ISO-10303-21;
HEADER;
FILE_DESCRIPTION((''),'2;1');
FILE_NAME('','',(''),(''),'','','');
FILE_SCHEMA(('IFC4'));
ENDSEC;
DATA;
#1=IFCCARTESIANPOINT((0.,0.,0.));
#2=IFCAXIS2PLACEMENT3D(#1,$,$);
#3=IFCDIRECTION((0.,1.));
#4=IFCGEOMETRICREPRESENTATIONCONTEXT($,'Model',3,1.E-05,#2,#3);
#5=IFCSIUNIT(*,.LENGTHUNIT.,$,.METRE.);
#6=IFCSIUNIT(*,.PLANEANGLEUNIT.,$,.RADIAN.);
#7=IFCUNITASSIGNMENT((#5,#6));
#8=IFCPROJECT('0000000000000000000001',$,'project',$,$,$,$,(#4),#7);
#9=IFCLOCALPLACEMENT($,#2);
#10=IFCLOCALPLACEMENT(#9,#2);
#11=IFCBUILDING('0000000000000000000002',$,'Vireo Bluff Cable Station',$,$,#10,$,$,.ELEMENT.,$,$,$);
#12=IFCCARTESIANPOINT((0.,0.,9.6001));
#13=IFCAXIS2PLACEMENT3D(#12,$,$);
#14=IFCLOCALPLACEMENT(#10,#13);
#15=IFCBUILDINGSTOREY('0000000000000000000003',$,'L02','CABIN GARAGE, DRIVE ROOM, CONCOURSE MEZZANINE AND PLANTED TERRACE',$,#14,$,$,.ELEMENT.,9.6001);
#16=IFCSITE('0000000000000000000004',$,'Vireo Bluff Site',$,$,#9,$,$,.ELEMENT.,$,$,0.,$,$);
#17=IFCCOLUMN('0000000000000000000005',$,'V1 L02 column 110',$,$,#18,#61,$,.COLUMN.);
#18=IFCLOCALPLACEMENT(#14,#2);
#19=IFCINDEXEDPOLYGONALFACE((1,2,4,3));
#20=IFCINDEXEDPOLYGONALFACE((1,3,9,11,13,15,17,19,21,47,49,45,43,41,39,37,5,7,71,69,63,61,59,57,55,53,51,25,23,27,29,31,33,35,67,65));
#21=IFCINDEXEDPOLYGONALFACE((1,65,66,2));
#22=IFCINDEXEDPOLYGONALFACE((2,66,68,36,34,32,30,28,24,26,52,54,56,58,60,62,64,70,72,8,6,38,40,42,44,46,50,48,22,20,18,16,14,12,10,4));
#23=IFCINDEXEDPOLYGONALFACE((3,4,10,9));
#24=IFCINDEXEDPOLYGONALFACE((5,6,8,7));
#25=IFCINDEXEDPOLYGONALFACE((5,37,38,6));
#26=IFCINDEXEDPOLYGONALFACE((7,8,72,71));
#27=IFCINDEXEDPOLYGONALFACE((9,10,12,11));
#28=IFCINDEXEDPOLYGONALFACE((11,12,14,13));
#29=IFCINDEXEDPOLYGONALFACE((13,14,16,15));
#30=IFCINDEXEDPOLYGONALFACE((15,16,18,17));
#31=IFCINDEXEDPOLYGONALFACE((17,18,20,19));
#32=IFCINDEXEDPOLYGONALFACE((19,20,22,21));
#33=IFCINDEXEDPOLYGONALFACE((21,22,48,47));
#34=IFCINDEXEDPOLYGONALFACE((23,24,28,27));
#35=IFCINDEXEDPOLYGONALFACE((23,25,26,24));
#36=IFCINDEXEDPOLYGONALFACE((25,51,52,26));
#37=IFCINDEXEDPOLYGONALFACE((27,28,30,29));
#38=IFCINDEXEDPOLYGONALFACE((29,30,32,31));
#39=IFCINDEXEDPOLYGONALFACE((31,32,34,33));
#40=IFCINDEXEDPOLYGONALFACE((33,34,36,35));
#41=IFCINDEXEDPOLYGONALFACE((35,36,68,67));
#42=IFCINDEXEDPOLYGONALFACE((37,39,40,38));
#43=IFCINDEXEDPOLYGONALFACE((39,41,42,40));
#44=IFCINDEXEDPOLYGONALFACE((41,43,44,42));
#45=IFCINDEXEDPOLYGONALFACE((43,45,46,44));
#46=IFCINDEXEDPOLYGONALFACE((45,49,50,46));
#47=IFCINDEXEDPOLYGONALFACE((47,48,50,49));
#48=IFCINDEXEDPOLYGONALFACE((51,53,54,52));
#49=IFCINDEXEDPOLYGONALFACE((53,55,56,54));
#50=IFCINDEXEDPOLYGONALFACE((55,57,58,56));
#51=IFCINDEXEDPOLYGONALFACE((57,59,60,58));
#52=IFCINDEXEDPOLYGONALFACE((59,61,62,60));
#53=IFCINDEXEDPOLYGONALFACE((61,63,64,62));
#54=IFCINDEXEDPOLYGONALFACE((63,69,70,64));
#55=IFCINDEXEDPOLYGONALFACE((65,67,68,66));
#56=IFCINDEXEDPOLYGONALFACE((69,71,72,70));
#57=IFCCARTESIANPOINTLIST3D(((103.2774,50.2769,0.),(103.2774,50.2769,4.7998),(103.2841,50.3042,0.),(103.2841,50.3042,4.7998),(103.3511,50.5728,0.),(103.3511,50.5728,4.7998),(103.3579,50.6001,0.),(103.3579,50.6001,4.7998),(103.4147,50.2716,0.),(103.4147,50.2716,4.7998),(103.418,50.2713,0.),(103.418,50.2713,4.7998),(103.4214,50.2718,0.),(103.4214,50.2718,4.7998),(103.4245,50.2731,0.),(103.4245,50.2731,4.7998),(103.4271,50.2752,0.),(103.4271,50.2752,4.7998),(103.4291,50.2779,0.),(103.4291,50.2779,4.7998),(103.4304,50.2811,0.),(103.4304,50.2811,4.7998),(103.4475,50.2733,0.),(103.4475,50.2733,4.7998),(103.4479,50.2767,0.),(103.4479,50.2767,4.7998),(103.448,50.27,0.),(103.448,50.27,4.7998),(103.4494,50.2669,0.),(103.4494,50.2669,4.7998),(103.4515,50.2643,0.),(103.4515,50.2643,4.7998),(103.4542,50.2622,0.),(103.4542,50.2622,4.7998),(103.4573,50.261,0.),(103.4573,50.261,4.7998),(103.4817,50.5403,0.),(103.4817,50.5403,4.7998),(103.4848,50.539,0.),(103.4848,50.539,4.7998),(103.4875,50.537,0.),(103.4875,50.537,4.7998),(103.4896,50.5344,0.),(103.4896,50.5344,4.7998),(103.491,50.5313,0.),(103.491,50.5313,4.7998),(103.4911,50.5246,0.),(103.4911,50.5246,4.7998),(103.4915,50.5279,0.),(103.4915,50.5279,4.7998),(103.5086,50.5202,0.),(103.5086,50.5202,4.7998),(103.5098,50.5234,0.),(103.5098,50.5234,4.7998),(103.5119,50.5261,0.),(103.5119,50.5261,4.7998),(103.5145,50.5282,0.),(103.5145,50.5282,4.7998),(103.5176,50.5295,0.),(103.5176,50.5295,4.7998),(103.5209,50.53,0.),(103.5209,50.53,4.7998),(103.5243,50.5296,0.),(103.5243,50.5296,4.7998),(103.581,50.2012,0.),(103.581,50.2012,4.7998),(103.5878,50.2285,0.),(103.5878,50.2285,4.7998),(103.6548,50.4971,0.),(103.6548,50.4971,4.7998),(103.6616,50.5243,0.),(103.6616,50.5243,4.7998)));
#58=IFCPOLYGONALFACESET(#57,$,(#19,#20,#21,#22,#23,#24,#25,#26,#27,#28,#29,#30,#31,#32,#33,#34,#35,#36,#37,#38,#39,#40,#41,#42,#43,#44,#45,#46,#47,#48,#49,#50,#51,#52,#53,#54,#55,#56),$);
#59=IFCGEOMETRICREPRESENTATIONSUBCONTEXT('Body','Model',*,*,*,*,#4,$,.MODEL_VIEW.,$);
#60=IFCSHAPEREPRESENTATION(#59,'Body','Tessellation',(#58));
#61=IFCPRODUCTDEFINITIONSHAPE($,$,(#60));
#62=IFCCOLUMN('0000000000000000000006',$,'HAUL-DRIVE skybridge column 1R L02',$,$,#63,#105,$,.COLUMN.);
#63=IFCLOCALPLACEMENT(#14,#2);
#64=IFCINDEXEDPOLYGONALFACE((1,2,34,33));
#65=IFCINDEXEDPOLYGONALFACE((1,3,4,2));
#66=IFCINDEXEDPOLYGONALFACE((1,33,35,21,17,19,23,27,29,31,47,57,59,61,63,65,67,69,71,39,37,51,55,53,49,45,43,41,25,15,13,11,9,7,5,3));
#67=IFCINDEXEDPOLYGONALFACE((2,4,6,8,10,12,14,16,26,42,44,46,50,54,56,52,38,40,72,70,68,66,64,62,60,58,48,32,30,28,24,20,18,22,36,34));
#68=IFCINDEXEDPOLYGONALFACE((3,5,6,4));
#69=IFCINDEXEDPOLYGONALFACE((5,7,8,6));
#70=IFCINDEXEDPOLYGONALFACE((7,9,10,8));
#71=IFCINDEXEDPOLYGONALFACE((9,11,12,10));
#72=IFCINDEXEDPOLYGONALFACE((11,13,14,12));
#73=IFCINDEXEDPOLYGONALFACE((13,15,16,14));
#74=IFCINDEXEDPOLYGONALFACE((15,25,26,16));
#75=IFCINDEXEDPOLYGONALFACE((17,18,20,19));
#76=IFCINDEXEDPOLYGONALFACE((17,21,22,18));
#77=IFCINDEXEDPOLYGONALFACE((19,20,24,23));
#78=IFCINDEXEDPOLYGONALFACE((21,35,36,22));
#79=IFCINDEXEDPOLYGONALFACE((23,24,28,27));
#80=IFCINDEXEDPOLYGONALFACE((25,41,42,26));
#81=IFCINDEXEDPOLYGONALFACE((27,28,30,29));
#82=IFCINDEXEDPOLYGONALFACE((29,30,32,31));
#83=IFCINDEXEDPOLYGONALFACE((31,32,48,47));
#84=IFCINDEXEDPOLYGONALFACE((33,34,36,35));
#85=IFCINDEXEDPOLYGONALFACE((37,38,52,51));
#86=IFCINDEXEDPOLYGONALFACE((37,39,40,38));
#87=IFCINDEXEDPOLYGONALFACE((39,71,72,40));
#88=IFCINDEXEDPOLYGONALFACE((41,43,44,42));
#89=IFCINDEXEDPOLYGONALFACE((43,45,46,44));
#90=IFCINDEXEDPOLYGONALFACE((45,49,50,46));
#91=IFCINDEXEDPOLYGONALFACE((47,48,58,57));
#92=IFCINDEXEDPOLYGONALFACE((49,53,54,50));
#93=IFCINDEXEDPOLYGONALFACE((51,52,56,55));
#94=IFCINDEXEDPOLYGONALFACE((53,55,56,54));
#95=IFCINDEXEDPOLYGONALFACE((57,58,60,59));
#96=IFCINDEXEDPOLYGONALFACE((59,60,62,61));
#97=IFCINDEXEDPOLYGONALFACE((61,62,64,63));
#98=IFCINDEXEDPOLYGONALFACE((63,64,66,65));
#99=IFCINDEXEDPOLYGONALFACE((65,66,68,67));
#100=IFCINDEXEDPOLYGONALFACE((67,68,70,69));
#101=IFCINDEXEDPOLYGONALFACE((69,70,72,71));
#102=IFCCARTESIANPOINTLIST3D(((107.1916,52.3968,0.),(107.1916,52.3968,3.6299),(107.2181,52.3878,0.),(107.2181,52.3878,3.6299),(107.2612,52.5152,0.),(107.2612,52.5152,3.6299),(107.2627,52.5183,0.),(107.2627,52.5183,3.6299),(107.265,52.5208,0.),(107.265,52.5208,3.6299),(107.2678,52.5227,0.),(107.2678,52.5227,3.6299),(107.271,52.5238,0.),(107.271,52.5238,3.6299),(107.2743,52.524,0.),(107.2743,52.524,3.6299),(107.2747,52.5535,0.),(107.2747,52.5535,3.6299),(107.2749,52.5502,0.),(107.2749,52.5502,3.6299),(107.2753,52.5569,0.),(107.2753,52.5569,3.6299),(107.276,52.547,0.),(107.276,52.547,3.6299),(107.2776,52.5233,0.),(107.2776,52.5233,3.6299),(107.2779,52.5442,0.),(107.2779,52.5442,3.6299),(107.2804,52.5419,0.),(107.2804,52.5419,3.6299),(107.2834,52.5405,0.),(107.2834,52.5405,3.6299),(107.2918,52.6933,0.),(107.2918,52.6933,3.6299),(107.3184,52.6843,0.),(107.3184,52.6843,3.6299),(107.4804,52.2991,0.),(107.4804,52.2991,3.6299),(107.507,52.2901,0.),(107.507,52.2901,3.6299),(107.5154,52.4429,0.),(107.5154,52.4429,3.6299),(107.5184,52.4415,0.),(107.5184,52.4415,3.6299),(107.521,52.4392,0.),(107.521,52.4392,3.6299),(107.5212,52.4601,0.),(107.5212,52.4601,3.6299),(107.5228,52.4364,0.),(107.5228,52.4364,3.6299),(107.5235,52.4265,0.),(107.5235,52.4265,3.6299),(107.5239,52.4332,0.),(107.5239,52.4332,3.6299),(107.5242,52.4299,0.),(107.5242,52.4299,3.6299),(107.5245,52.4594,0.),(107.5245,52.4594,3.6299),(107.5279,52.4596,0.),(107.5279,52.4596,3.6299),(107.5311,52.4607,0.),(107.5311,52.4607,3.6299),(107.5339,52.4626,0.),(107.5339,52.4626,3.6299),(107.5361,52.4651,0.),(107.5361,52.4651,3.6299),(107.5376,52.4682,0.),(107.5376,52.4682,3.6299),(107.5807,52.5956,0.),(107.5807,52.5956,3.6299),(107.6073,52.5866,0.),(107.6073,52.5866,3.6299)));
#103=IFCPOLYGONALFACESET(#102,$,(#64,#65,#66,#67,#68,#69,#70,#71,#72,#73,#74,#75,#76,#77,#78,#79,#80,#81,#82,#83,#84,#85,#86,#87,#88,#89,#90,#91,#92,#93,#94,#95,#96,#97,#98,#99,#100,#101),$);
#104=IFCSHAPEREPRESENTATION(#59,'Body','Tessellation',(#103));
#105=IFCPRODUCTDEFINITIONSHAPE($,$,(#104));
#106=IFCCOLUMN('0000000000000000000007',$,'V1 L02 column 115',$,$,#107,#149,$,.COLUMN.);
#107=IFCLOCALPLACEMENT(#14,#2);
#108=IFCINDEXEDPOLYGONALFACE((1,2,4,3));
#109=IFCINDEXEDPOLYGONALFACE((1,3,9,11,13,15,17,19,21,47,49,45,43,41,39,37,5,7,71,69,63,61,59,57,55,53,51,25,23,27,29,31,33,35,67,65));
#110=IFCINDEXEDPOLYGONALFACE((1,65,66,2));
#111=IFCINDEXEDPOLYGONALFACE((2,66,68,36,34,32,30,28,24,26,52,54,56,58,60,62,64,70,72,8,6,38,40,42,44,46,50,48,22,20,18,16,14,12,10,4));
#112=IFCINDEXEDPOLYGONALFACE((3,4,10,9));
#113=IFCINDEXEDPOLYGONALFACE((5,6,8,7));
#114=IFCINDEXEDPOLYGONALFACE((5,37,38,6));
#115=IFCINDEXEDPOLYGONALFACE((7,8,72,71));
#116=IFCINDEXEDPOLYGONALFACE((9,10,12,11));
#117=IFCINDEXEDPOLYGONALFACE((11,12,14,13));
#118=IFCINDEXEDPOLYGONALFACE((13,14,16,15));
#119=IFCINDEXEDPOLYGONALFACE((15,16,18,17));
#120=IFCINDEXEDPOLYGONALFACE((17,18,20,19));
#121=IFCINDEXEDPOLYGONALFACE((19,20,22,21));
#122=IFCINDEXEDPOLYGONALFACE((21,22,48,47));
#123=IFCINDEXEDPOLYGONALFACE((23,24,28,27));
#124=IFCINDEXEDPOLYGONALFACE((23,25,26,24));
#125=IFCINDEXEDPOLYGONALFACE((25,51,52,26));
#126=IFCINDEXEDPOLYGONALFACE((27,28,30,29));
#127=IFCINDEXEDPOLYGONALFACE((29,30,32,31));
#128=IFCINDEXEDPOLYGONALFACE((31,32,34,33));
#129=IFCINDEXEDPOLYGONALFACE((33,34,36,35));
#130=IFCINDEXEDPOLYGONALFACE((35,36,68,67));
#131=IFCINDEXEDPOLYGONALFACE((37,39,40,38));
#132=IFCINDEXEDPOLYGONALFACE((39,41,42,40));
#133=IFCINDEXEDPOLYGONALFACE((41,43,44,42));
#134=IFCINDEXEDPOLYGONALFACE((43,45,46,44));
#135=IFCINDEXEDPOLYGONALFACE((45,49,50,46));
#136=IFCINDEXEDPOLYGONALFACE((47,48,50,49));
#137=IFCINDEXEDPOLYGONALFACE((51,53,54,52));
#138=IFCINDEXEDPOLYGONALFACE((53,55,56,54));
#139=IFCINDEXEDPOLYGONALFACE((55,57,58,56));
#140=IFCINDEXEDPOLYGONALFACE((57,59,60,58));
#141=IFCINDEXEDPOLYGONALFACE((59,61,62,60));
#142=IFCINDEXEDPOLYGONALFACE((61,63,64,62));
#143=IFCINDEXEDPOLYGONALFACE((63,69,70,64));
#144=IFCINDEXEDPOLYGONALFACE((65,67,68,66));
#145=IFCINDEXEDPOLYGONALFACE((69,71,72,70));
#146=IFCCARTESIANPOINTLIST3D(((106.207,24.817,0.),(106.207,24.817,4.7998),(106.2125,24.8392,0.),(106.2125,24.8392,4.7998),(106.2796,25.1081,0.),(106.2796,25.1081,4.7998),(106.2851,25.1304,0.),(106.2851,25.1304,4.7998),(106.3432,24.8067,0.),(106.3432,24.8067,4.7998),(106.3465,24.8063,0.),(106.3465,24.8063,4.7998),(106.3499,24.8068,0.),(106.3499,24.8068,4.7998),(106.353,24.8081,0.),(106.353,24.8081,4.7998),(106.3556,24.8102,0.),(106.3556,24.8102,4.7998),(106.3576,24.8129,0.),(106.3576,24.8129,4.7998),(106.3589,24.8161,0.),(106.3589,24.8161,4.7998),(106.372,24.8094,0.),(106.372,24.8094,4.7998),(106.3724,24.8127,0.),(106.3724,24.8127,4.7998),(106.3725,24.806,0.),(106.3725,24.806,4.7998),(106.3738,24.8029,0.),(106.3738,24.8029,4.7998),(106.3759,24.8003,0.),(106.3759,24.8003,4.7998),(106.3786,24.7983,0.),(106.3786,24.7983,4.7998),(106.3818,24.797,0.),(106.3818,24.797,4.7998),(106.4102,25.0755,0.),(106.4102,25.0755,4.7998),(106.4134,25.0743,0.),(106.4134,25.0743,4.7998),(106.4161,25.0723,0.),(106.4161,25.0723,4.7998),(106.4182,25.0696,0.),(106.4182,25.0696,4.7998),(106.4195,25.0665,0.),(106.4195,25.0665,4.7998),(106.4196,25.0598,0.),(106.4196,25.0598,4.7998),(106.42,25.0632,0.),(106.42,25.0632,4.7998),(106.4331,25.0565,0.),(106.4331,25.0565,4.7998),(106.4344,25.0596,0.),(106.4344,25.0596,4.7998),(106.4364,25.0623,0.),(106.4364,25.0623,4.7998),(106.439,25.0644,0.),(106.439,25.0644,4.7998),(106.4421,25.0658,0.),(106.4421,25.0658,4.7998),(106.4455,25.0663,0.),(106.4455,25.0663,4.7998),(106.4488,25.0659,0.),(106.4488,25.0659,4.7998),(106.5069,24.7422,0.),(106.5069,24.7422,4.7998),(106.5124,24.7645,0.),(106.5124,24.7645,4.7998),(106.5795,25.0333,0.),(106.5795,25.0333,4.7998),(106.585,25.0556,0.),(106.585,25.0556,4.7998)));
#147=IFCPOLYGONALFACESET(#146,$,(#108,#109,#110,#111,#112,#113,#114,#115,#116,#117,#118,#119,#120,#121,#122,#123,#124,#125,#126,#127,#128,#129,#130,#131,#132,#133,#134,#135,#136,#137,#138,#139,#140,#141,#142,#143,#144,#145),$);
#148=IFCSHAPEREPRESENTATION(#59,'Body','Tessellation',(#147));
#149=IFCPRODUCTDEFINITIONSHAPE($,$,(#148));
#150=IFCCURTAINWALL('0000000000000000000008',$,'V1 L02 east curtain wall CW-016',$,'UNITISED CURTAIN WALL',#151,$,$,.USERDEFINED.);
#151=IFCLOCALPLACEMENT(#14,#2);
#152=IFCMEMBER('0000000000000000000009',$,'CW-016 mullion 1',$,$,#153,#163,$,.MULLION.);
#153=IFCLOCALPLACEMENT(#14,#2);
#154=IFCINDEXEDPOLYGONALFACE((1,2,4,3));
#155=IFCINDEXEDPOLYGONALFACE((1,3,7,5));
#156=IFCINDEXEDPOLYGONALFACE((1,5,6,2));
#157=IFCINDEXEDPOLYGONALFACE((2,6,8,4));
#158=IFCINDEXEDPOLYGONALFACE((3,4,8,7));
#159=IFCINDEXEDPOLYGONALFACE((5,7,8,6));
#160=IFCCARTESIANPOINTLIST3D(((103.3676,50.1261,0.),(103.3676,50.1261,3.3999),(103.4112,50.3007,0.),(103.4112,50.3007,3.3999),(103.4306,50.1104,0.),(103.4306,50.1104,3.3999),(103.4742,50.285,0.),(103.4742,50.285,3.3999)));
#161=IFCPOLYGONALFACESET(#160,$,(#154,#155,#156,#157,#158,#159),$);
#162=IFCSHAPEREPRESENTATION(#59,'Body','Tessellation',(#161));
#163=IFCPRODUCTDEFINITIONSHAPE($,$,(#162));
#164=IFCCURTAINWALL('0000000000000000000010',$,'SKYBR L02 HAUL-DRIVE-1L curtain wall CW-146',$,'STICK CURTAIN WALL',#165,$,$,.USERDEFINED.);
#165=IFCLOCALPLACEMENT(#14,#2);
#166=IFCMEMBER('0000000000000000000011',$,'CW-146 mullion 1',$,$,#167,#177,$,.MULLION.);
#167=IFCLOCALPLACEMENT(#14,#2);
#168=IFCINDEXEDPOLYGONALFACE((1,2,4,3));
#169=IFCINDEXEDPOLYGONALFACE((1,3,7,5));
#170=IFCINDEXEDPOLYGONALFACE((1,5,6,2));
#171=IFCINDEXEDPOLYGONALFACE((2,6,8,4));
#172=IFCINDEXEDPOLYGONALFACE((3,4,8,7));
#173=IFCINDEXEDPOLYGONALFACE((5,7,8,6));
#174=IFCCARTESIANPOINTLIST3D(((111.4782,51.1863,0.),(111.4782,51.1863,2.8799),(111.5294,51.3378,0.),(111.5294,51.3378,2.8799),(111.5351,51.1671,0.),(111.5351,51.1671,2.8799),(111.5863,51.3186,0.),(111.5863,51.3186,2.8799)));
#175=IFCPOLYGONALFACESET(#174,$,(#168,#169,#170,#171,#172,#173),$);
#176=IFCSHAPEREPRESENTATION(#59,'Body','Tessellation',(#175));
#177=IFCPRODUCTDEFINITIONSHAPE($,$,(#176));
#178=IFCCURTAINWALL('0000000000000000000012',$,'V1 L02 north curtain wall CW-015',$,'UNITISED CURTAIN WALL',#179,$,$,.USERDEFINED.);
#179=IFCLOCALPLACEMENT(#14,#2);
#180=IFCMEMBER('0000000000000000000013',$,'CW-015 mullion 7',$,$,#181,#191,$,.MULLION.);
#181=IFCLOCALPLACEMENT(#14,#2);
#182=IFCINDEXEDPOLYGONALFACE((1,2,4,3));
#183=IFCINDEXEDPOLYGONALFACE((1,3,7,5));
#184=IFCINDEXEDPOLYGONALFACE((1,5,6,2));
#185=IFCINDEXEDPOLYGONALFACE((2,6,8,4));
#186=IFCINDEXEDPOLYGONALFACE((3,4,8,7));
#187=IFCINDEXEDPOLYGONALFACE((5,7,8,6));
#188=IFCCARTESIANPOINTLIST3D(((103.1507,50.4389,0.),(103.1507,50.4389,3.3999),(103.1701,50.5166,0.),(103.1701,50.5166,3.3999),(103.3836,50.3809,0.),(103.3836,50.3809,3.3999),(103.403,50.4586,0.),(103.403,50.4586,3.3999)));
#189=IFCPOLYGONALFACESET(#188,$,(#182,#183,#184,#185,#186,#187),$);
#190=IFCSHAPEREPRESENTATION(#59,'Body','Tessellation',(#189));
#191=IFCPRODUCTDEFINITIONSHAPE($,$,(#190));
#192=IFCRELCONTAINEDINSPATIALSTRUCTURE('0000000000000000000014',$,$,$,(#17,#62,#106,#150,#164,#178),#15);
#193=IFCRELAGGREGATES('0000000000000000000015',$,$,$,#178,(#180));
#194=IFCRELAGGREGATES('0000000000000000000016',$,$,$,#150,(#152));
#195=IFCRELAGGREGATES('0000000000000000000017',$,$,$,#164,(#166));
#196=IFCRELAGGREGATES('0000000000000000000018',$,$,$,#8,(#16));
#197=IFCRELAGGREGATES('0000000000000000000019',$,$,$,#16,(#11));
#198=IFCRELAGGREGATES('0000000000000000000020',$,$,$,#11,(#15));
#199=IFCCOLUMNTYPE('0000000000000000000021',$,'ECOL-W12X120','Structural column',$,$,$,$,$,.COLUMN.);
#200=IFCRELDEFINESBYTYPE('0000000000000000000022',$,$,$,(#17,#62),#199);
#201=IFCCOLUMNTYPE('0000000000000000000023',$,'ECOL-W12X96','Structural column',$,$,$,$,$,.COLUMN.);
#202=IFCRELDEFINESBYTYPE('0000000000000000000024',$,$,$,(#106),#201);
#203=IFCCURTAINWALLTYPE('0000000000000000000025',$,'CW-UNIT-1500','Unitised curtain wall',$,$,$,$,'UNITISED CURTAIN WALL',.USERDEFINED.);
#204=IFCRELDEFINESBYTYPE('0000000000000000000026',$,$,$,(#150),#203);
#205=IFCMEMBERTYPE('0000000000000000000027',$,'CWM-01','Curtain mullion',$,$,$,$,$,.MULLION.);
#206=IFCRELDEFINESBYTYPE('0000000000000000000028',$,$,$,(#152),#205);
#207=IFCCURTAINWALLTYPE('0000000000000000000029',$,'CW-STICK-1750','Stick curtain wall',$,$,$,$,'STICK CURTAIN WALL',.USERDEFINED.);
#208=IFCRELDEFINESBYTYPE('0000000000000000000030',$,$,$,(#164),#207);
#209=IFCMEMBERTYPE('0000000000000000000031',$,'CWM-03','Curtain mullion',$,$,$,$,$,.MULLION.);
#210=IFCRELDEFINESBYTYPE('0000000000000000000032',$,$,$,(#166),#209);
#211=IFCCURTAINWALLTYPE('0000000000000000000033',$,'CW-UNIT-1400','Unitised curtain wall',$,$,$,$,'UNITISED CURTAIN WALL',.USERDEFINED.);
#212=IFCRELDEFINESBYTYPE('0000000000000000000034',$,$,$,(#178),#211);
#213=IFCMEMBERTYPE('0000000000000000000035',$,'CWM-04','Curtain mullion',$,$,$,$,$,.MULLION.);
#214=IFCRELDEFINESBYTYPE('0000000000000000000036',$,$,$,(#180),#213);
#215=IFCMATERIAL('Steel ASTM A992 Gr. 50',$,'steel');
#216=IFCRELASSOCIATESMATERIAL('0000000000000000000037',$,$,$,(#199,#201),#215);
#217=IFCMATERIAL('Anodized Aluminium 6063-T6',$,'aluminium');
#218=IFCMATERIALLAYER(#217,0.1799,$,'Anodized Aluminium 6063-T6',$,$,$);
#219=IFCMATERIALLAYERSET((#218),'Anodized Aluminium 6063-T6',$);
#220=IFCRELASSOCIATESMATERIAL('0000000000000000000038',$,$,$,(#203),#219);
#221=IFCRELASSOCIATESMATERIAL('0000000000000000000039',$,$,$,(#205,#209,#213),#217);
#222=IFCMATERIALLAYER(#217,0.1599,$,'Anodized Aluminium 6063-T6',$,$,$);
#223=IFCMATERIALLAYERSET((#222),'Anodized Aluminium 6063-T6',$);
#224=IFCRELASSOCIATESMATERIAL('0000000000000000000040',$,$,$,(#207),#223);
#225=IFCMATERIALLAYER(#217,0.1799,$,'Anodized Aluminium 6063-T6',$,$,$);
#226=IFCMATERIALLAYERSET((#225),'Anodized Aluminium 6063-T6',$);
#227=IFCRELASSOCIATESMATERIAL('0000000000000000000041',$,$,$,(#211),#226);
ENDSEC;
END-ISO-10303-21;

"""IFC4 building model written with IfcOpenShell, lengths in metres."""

from ifc_helpers import new_model, si_unit, direction, frame, origin, origin_2d, place, context, subcontext, project, spatial, rectangle, i_section, extrude, material, layer, layer_set, material_profile, profile_set, type_object, element, aggregate, save


model = new_model("IFC4")

# Units and contexts
model_context = context("Model", 3, precision=1e-05, world=origin(), true_north=direction((0.0, 1.0)))
body_context = subcontext(model_context, "Body", "Model", "MODEL_VIEW")
ifc_project = project(units=[si_unit("LENGTHUNIT", "METRE"), si_unit("PLANEANGLEUNIT", "RADIAN")], contexts=[model_context])

# Site, building, storey
site_placement = place(None, origin())
site = spatial("IfcSite", under=ifc_project, at=site_placement, Name="Vireo Bluff Site", CompositionType="ELEMENT", RefElevation=0.0)
building_placement = place(site_placement, origin())
building = spatial("IfcBuilding", under=site, at=building_placement, Name="Vireo Bluff Cable Station", CompositionType="ELEMENT")
storey_placement = place(building_placement, frame((0.0, 0.0, 9.6001)))
storey = spatial("IfcBuildingStorey", under=building, at=storey_placement, Name="L02", Description="CABIN GARAGE, DRIVE ROOM, CONCOURSE MEZZANINE AND PLANTED TERRACE", CompositionType="ELEMENT", Elevation=9.6001)

# Columns
ifc_material_1 = material(Name="Steel ASTM A992 Gr. 50", Category="steel")
ifc_material_profile_1 = material_profile(ifc_material_1, i_section(OverallWidth=0.313, OverallDepth=0.333, WebThickness=0.0181, FlangeThickness=0.0281, FilletRadius=0.0129, at=origin_2d()), Name="W12X120")
ifc_profile_set_1 = profile_set([ifc_material_profile_1], Name="Steel ASTM A992 Gr. 50")
column_type_1 = type_object("IfcColumnType", Name="ECOL-W12X120", Description="Structural column", PredefinedType="COLUMN", material=ifc_profile_set_1)
column_1_placement = place(storey_placement, frame((103.4695, 50.4006, 0.0), z_axis=(0.0, 0.0, 1.0), x_axis=(0.970296, -0.241922, 0.0)))
element("IfcColumn", 1, at=column_1_placement, inside=storey, type_object=column_type_1, Name="V1 L02 column 110", PredefinedType="COLUMN", context=body_context, shape_type="SweptSolid", body=[
    extrude(i_section(OverallWidth=0.313, OverallDepth=0.333, WebThickness=0.0181, FlangeThickness=0.0281, FilletRadius=0.0129, at=origin_2d()), origin(), (0.0, 0.0, 1.0), 4.7998),
])
column_2_placement = place(storey_placement, frame((107.3994, 52.4917, 0.0), z_axis=(0.0, 0.0, 1.0), x_axis=(0.320352, 0.947299, 0.0)))
element("IfcColumn", 2, at=column_2_placement, inside=storey, type_object=column_type_1, Name="HAUL-DRIVE skybridge column 1R L02", PredefinedType="COLUMN", context=body_context, shape_type="SweptSolid", body=[
    extrude(i_section(OverallWidth=0.313, OverallDepth=0.333, WebThickness=0.0181, FlangeThickness=0.0281, FilletRadius=0.0129, at=origin_2d()), origin(), (0.0, 0.0, 1.0), 3.6299),
])
ifc_material_profile_2 = material_profile(ifc_material_1, i_section(OverallWidth=0.3091, OverallDepth=0.323, WebThickness=0.0139, FlangeThickness=0.0229, FilletRadius=0.0129, at=origin_2d()), Name="W12X96")
ifc_profile_set_2 = profile_set([ifc_material_profile_2], Name="Steel ASTM A992 Gr. 50")
column_type_2 = type_object("IfcColumnType", Name="ECOL-W12X96", Description="Structural column", PredefinedType="COLUMN", material=ifc_profile_set_2)
column_3_placement = place(storey_placement, frame((106.396, 24.9363, 0.0), z_axis=(0.0, 0.0, 1.0), x_axis=(0.970296, -0.241922, 0.0)))
element("IfcColumn", 3, at=column_3_placement, inside=storey, type_object=column_type_2, Name="V1 L02 column 115", PredefinedType="COLUMN", context=body_context, shape_type="SweptSolid", body=[
    extrude(i_section(OverallWidth=0.3091, OverallDepth=0.323, WebThickness=0.0139, FlangeThickness=0.0229, FilletRadius=0.0129, at=origin_2d()), origin(), (0.0, 0.0, 1.0), 4.7998),
])

# Curtain walls, members
ifc_material_2 = material(Name="Anodized Aluminium 6063-T6", Category="aluminium")
ifc_layer_1 = layer(ifc_material_2, 0.1799, Name="Anodized Aluminium 6063-T6")
ifc_layer_set_1 = layer_set([ifc_layer_1], Name="Anodized Aluminium 6063-T6")
curtain_wall_type_1 = type_object("IfcCurtainWallType", Name="CW-UNIT-1500", Description="Unitised curtain wall", ElementType="UNITISED CURTAIN WALL", PredefinedType="USERDEFINED", material=ifc_layer_set_1)
curtain_wall_1_placement = place(storey_placement, origin())
curtain_wall_1 = element("IfcCurtainWall", 4, at=curtain_wall_1_placement, inside=storey, type_object=curtain_wall_type_1, Name="V1 L02 east curtain wall CW-016", ObjectType="UNITISED CURTAIN WALL", PredefinedType="USERDEFINED")
ifc_material_profile_3 = material_profile(ifc_material_2, rectangle(XDim=0.0649, YDim=0.1799, at=origin_2d()), Name="ALU-M-65X180")
ifc_profile_set_3 = profile_set([ifc_material_profile_3], Name="Anodized Aluminium 6063-T6")
member_type_1 = type_object("IfcMemberType", Name="CWM-01", Description="Curtain mullion", PredefinedType="MULLION", material=ifc_profile_set_3)
member_1_placement = place(storey_placement, frame((103.4209, 50.2056, 0.0), z_axis=(0.0, 0.0, 1.0), x_axis=(0.970296, -0.241922, 0.0)))
member_1 = element("IfcMember", 5, at=member_1_placement, type_object=member_type_1, Name="CW-016 mullion 1", PredefinedType="MULLION", context=body_context, shape_type="SweptSolid", body=[
    extrude(rectangle(XDim=0.0649, YDim=0.1799, at=origin_2d()), origin(), (0.0, 0.0, 1.0), 3.3999),
])
ifc_layer_2 = layer(ifc_material_2, 0.1599, Name="Anodized Aluminium 6063-T6")
ifc_layer_set_2 = layer_set([ifc_layer_2], Name="Anodized Aluminium 6063-T6")
curtain_wall_type_2 = type_object("IfcCurtainWallType", Name="CW-STICK-1750", Description="Stick curtain wall", ElementType="STICK CURTAIN WALL", PredefinedType="USERDEFINED", material=ifc_layer_set_2)
curtain_wall_2_placement = place(storey_placement, origin())
curtain_wall_2 = element("IfcCurtainWall", 6, at=curtain_wall_2_placement, inside=storey, type_object=curtain_wall_type_2, Name="SKYBR L02 HAUL-DRIVE-1L curtain wall CW-146", ObjectType="STICK CURTAIN WALL", PredefinedType="USERDEFINED")
ifc_material_profile_4 = material_profile(ifc_material_2, rectangle(XDim=0.0601, YDim=0.1599, at=origin_2d()), Name="ALU-M-60X160")
ifc_profile_set_4 = profile_set([ifc_material_profile_4], Name="Anodized Aluminium 6063-T6")
member_type_2 = type_object("IfcMemberType", Name="CWM-03", Description="Curtain mullion", PredefinedType="MULLION", material=ifc_profile_set_4)
member_2_placement = place(storey_placement, frame((111.5322, 51.2524, 0.0), z_axis=(0.0, 0.0, 1.0), x_axis=(-0.947295, 0.320364, 0.0)))
member_2 = element("IfcMember", 7, at=member_2_placement, type_object=member_type_2, Name="CW-146 mullion 1", PredefinedType="MULLION", context=body_context, shape_type="SweptSolid", body=[
    extrude(rectangle(XDim=0.0601, YDim=0.1599, at=origin_2d()), origin(), (0.0, 0.0, 1.0), 2.8799),
])
ifc_layer_3 = layer(ifc_material_2, 0.1799, Name="Anodized Aluminium 6063-T6")
ifc_layer_set_3 = layer_set([ifc_layer_3], Name="Anodized Aluminium 6063-T6")
curtain_wall_type_3 = type_object("IfcCurtainWallType", Name="CW-UNIT-1400", Description="Unitised curtain wall", ElementType="UNITISED CURTAIN WALL", PredefinedType="USERDEFINED", material=ifc_layer_set_3)
curtain_wall_3_placement = place(storey_placement, origin())
curtain_wall_3 = element("IfcCurtainWall", 8, at=curtain_wall_3_placement, inside=storey, type_object=curtain_wall_type_3, Name="V1 L02 north curtain wall CW-015", ObjectType="UNITISED CURTAIN WALL", PredefinedType="USERDEFINED")
ifc_material_profile_5 = material_profile(ifc_material_2, rectangle(XDim=0.0801, YDim=0.24, at=origin_2d()), Name="ALU-M-80X240")
ifc_profile_set_5 = profile_set([ifc_material_profile_5], Name="Anodized Aluminium 6063-T6")
member_type_3 = type_object("IfcMemberType", Name="CWM-04", Description="Curtain mullion", PredefinedType="MULLION", material=ifc_profile_set_5)
member_3_placement = place(storey_placement, frame((103.2769, 50.4487, 0.0), z_axis=(0.0, 0.0, 1.0), x_axis=(0.241922, 0.970296, 0.0)))
member_3 = element("IfcMember", 9, at=member_3_placement, type_object=member_type_3, Name="CW-015 mullion 7", PredefinedType="MULLION", context=body_context, shape_type="SweptSolid", body=[
    extrude(rectangle(XDim=0.0801, YDim=0.24, at=origin_2d()), origin(), (0.0, 0.0, 1.0), 3.3999),
])
aggregate(curtain_wall_3, [member_3])

aggregate(curtain_wall_1, [member_1])
aggregate(curtain_wall_2, [member_2])

save(model, "model.ifc")
